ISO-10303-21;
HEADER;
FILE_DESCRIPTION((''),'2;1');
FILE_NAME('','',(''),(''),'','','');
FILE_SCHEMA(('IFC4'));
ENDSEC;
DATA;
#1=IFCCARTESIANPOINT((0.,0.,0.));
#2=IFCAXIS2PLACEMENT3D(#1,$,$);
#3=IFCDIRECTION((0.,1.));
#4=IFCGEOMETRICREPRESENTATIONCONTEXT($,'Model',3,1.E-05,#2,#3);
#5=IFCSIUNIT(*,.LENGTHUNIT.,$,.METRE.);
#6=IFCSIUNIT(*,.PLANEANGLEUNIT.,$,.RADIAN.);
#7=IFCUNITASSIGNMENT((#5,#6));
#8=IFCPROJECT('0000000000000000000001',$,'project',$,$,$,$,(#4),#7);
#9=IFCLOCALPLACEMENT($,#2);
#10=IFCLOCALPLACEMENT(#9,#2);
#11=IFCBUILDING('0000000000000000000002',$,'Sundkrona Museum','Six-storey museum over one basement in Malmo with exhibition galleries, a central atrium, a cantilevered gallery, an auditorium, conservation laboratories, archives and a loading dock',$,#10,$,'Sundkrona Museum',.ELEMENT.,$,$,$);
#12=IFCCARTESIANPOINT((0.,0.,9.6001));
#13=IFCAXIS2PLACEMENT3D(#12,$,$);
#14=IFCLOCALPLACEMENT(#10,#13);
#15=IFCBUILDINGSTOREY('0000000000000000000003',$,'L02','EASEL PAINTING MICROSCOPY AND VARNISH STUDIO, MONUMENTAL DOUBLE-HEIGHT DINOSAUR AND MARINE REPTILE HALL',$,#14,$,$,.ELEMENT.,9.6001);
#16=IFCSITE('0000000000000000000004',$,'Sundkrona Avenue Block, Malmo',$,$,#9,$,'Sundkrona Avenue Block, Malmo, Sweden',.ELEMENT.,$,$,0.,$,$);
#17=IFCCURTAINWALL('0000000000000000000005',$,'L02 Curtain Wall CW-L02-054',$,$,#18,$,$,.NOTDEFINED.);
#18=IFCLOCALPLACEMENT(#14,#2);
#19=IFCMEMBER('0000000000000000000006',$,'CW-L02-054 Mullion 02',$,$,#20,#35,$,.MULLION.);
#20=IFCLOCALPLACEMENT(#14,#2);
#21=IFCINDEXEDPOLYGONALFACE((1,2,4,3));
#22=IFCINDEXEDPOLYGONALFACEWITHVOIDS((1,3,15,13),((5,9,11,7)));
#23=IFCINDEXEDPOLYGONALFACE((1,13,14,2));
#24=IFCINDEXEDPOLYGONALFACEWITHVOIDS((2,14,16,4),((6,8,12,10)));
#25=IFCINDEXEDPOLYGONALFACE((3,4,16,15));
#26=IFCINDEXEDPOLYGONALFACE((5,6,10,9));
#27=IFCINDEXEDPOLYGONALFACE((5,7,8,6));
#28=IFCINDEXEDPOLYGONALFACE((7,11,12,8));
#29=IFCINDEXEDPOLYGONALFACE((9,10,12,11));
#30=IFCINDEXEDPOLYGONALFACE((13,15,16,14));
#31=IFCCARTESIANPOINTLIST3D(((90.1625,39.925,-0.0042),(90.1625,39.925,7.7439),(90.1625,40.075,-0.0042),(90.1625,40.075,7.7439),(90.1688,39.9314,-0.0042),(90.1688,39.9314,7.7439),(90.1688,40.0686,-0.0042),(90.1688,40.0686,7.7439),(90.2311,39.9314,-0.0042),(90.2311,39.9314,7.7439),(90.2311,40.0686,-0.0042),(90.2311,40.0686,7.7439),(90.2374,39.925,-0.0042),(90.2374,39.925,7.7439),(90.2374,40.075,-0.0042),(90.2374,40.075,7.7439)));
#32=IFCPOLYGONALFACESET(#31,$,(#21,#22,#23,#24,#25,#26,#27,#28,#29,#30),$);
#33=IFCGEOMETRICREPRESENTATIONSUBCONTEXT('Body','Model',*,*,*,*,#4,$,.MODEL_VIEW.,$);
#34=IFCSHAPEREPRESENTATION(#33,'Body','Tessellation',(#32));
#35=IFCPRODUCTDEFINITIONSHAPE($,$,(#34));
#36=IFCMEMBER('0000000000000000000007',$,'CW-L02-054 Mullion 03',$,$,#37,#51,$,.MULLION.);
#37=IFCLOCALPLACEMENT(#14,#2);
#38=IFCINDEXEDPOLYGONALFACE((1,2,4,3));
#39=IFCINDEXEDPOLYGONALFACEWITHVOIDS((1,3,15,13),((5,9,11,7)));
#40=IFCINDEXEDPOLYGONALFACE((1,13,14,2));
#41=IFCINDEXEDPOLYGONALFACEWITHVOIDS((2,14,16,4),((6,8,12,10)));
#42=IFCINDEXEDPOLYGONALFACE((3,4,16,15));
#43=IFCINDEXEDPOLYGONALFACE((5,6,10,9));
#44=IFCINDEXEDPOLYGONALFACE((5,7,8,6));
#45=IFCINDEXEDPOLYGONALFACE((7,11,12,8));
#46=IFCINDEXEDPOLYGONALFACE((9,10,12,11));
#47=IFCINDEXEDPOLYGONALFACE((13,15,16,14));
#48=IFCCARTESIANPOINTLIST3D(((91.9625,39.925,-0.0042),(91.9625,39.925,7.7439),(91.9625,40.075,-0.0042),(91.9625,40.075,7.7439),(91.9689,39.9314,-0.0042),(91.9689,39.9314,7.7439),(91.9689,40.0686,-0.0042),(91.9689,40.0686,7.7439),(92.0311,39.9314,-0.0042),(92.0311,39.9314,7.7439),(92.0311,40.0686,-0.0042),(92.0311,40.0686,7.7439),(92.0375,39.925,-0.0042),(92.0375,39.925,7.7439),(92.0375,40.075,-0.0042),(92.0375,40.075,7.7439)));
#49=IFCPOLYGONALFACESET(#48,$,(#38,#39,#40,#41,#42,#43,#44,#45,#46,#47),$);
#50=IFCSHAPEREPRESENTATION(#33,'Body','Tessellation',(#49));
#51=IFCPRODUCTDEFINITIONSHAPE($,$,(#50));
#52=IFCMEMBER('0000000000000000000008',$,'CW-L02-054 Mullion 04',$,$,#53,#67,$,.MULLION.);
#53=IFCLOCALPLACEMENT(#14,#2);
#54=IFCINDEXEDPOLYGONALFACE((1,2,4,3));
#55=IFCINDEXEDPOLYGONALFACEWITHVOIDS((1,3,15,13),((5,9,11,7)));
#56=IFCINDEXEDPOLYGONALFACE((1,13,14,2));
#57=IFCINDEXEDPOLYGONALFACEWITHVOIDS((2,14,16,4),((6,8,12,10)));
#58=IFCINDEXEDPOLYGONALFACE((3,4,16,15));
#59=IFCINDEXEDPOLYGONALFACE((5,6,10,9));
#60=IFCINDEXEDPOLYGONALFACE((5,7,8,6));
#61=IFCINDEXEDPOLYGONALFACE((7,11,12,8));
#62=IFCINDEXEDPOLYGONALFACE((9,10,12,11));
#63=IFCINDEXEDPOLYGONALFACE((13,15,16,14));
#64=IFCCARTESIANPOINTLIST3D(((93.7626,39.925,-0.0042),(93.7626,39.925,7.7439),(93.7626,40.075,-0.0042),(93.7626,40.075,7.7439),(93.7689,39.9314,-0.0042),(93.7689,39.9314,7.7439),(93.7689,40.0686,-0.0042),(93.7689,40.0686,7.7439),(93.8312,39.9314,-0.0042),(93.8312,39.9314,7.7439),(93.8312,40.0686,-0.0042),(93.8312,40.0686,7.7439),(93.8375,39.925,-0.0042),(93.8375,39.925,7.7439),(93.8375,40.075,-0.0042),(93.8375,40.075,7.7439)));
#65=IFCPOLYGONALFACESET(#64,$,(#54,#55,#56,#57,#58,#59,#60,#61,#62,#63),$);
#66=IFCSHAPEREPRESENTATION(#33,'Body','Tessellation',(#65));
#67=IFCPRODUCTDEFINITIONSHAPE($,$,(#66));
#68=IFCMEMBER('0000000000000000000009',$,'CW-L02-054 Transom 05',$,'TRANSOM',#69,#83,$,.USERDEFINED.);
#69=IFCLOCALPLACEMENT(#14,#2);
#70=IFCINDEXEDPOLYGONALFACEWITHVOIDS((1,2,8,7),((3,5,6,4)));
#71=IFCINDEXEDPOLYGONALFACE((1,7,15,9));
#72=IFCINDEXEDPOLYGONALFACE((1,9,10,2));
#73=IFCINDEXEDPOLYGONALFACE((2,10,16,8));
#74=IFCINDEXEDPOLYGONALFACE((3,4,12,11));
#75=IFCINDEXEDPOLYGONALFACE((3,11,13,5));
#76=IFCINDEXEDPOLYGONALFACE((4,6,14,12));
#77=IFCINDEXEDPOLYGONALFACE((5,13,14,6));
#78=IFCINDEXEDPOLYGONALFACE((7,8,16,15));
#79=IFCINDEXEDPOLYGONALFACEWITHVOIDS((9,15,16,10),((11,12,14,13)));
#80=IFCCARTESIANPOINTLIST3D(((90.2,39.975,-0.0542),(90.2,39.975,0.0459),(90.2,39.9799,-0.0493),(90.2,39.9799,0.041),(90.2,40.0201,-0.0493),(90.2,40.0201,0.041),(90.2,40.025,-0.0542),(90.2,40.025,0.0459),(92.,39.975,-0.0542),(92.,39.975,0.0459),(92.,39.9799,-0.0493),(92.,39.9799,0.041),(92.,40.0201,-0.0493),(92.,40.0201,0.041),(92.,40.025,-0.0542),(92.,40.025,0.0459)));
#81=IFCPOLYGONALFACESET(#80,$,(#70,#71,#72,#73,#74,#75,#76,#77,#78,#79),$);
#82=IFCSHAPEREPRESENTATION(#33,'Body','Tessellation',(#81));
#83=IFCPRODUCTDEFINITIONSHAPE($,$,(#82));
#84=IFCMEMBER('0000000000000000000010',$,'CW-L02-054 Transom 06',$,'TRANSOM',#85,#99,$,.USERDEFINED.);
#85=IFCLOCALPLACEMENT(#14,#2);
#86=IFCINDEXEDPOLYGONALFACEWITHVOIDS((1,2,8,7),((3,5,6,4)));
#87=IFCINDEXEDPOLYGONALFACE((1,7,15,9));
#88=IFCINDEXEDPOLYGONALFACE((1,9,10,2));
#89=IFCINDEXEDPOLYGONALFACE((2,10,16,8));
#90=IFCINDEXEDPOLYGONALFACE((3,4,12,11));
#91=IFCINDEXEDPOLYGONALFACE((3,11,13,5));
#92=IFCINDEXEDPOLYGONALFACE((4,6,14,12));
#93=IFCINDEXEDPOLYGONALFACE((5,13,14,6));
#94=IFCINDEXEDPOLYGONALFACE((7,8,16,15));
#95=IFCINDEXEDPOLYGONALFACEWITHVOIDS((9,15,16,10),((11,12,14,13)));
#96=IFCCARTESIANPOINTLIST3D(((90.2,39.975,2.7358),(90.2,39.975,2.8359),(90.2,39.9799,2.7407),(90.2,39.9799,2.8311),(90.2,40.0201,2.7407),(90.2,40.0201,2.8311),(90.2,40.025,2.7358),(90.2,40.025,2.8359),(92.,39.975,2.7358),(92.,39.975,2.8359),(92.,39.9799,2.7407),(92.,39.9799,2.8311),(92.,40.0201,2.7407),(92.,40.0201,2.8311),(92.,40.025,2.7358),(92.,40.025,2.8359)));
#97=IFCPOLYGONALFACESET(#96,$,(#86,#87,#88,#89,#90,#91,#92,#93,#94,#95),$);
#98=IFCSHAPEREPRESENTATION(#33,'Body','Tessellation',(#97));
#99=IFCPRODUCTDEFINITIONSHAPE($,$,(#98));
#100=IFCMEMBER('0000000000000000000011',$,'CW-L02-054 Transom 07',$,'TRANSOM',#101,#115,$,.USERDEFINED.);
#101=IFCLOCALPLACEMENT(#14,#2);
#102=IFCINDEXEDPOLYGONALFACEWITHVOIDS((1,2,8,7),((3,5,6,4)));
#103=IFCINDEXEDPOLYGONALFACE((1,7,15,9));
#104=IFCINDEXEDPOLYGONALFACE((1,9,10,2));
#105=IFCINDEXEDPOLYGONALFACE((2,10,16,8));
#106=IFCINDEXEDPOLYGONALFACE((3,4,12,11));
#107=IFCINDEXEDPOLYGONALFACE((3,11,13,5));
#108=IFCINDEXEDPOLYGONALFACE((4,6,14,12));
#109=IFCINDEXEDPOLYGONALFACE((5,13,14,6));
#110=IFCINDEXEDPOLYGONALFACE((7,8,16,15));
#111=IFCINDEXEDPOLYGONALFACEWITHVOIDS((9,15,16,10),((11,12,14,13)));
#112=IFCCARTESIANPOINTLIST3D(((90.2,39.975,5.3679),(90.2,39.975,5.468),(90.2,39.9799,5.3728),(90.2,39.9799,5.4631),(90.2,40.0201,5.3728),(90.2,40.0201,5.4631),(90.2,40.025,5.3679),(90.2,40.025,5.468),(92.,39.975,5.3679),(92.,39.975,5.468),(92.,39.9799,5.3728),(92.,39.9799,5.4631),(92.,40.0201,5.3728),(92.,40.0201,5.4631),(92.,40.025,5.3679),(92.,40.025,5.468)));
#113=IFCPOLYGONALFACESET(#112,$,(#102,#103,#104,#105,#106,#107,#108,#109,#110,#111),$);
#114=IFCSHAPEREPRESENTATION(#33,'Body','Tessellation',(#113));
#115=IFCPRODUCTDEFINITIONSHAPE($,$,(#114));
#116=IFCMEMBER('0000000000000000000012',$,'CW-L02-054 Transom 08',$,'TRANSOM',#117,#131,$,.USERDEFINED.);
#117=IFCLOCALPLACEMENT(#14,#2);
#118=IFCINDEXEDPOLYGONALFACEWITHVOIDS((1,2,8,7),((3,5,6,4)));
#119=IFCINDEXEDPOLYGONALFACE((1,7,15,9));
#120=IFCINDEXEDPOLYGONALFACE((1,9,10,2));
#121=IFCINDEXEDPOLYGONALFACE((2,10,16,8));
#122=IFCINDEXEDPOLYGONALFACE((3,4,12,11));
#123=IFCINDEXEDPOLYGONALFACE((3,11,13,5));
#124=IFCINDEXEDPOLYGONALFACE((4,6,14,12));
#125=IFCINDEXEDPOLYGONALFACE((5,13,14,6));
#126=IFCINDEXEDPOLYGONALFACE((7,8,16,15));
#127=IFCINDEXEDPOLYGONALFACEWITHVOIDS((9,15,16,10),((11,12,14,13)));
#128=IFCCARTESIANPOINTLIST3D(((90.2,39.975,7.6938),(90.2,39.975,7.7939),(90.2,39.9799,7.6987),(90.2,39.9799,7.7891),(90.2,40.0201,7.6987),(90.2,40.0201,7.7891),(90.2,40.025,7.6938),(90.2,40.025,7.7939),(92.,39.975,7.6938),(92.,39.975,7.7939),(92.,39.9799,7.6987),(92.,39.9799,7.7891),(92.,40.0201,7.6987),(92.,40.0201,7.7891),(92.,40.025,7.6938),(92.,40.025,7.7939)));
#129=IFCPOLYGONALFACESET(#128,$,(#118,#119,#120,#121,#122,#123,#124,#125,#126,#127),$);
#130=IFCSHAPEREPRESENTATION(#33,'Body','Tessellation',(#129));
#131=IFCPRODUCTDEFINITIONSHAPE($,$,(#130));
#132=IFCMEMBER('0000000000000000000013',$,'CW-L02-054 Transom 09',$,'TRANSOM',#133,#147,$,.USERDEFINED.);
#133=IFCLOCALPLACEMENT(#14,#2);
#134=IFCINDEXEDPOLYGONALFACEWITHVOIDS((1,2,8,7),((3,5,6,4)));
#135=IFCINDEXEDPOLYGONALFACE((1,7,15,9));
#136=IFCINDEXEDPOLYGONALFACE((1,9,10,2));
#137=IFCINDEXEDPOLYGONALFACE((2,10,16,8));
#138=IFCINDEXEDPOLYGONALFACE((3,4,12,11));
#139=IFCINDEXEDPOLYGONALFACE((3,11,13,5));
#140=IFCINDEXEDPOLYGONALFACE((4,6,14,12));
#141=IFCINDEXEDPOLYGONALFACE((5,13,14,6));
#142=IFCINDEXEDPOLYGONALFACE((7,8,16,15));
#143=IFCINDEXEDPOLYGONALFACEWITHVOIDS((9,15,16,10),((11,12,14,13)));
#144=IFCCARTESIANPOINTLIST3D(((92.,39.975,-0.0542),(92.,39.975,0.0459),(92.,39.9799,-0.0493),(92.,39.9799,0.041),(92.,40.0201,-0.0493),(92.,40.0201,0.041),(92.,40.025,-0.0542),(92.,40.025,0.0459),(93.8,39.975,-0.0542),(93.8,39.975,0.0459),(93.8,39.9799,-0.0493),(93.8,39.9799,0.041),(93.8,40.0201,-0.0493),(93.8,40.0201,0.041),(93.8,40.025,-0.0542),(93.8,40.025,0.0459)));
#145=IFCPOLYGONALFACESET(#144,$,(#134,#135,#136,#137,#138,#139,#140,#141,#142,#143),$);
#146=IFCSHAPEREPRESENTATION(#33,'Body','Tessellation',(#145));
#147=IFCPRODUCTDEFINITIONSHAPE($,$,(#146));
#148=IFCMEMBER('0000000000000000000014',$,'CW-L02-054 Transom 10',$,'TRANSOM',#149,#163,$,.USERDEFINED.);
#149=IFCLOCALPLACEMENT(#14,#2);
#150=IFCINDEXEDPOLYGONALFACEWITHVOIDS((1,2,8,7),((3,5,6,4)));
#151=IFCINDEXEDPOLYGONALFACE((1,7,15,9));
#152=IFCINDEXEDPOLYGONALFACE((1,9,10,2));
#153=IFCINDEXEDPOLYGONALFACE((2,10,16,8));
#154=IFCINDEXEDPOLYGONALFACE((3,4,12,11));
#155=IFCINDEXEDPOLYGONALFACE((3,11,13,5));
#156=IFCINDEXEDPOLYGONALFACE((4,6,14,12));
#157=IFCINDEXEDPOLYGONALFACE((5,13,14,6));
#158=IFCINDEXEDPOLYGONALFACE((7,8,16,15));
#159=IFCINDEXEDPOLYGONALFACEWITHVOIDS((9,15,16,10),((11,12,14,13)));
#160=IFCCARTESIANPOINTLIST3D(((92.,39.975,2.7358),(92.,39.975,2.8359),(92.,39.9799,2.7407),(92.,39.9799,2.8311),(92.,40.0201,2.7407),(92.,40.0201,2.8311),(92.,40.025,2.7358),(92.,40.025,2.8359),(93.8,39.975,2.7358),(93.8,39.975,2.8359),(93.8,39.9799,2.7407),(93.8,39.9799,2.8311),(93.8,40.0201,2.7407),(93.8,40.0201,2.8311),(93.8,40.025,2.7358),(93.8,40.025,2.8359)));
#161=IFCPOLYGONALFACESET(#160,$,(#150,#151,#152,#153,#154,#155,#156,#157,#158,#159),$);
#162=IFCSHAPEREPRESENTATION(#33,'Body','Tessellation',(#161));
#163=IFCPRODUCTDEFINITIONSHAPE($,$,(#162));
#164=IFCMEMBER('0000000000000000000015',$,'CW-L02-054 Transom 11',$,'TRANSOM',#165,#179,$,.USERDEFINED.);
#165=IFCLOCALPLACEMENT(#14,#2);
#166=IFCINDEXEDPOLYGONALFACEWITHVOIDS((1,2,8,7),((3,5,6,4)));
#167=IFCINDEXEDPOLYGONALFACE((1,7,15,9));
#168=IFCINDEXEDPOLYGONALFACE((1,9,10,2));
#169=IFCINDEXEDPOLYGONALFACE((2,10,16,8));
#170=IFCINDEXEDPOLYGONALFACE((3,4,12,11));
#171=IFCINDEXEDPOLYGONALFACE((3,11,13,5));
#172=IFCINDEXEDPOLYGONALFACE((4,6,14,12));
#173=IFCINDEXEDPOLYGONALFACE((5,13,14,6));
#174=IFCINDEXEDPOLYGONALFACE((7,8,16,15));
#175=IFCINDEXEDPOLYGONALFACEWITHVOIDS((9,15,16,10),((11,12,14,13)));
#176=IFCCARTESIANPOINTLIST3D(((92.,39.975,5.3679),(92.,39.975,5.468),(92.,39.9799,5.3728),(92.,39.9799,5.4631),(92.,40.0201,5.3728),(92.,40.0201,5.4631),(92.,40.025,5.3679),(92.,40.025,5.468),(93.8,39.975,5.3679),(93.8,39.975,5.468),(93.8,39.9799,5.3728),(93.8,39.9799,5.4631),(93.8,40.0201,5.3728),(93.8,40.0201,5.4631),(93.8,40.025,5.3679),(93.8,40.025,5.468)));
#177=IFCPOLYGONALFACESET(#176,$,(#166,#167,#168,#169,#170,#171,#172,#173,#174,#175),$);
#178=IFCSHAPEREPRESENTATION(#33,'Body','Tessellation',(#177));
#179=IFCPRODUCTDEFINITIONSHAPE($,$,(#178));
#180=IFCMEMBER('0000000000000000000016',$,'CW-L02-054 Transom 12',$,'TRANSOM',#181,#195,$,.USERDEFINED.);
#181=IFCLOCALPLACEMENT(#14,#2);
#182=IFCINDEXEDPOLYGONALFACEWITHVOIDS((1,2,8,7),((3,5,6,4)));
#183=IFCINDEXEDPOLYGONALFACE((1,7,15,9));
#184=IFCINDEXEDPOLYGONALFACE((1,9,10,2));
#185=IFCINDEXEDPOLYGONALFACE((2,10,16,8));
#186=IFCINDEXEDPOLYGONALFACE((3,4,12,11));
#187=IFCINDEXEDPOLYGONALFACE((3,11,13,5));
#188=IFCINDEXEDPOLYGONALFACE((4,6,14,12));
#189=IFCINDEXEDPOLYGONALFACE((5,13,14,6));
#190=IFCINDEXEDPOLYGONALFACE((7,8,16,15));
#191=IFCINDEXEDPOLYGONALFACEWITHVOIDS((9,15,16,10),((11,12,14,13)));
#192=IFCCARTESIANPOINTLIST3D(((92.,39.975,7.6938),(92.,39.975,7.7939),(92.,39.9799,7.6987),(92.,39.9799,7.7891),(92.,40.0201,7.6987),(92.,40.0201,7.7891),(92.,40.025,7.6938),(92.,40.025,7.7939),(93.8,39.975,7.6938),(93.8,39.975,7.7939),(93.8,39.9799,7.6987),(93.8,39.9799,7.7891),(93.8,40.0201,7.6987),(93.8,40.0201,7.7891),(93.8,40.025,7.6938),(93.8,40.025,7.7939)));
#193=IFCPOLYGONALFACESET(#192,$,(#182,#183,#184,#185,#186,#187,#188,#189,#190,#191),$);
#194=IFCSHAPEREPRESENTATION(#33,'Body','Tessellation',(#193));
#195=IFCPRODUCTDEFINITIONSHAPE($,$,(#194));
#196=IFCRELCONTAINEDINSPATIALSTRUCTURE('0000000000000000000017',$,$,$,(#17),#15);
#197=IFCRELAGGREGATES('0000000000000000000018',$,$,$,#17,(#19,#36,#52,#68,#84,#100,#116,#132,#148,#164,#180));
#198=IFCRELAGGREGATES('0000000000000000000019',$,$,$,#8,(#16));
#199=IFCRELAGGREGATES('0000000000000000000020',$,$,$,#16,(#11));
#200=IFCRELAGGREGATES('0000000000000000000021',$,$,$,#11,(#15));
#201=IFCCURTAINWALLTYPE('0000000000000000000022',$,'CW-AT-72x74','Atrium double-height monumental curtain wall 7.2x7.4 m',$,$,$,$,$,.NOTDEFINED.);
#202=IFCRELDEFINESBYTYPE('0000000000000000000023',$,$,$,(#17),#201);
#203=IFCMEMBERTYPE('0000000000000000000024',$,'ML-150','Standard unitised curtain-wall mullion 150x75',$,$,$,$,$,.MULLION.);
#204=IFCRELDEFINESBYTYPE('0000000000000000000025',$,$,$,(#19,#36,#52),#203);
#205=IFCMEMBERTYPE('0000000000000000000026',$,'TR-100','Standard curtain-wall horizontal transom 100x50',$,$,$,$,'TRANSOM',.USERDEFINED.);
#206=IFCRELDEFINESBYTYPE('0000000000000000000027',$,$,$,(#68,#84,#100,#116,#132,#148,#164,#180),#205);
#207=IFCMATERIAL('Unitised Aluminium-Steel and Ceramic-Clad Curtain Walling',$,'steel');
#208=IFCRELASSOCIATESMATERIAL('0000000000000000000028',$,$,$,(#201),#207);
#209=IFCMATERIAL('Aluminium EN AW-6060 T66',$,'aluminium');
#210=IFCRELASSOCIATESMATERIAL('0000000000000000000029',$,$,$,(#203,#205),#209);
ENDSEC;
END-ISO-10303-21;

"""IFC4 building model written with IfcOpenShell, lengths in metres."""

from ifc_helpers import new_model, si_unit, direction, frame, origin, origin_2d, place, context, subcontext, project, spatial, hollow_rectangle, extrude, material, material_profile, profile_set, type_object, element, aggregate, save


model = new_model("IFC4")

# Units and contexts
model_context = context("Model", 3, precision=1e-05, world=origin(), true_north=direction((0.0, 1.0)))
body_context = subcontext(model_context, "Body", "Model", "MODEL_VIEW")
ifc_project = project(units=[si_unit("LENGTHUNIT", "METRE"), si_unit("PLANEANGLEUNIT", "RADIAN")], contexts=[model_context])

# Site, building, storey
site_placement = place(None, origin())
site = spatial("IfcSite", under=ifc_project, at=site_placement, Name="Sundkrona Avenue Block, Malmo", LongName="Sundkrona Avenue Block, Malmo, Sweden", CompositionType="ELEMENT", RefElevation=0.0)
building_placement = place(site_placement, origin())
building = spatial("IfcBuilding", under=site, at=building_placement, Name="Sundkrona Museum", Description="Six-storey museum over one basement in Malmo with exhibition galleries, a central atrium, a cantilevered gallery, an auditorium, conservation laboratories, archives and a loading dock", LongName="Sundkrona Museum", CompositionType="ELEMENT")
storey_placement = place(building_placement, frame((0.0, 0.0, 9.6001)))
storey = spatial("IfcBuildingStorey", under=building, at=storey_placement, Name="L02", Description="EASEL PAINTING MICROSCOPY AND VARNISH STUDIO, MONUMENTAL DOUBLE-HEIGHT DINOSAUR AND MARINE REPTILE HALL", CompositionType="ELEMENT", Elevation=9.6001)

# Curtain wall, members
ifc_material_1 = material(Name="Unitised Aluminium-Steel and Ceramic-Clad Curtain Walling", Category="steel")
curtain_wall_type = type_object("IfcCurtainWallType", Name="CW-AT-72x74", Description="Atrium double-height monumental curtain wall 7.2x7.4 m", PredefinedType="NOTDEFINED", material=ifc_material_1)
curtain_wall_placement = place(storey_placement, origin())
curtain_wall = element("IfcCurtainWall", 1, at=curtain_wall_placement, inside=storey, type_object=curtain_wall_type, Name="L02 Curtain Wall CW-L02-054", PredefinedType="NOTDEFINED")
ifc_material_2 = material(Name="Aluminium EN AW-6060 T66", Category="aluminium")
ifc_material_profile_1 = material_profile(ifc_material_2, hollow_rectangle(XDim=0.075, YDim=0.1499, WallThickness=0.0063, at=origin_2d()), Name="RHS 150x75x6.3")
ifc_profile_set_1 = profile_set([ifc_material_profile_1], Name="Aluminium EN AW-6060 T66")
member_type_1 = type_object("IfcMemberType", Name="ML-150", Description="Standard unitised curtain-wall mullion 150x75", PredefinedType="MULLION", material=ifc_profile_set_1)
member_1_placement = place(storey_placement, frame((90.2, 40.0, -0.0042), z_axis=(0.0, 0.0, 1.0), x_axis=(1.0, 0.0, 0.0)))
member_1 = element("IfcMember", 2, at=member_1_placement, type_object=member_type_1, Name="CW-L02-054 Mullion 02", PredefinedType="MULLION", context=body_context, shape_type="SweptSolid", body=[
    extrude(hollow_rectangle(XDim=0.075, YDim=0.1499, WallThickness=0.0063, at=origin_2d()), origin(), (0.0, 0.0, 1.0), 7.748),
])
member_2_placement = place(storey_placement, frame((92.0, 40.0, -0.0042), z_axis=(0.0, 0.0, 1.0), x_axis=(1.0, 0.0, 0.0)))
member_2 = element("IfcMember", 3, at=member_2_placement, type_object=member_type_1, Name="CW-L02-054 Mullion 03", PredefinedType="MULLION", context=body_context, shape_type="SweptSolid", body=[
    extrude(hollow_rectangle(XDim=0.075, YDim=0.1499, WallThickness=0.0063, at=origin_2d()), origin(), (0.0, 0.0, 1.0), 7.748),
])
member_3_placement = place(storey_placement, frame((93.8, 40.0, -0.0042), z_axis=(0.0, 0.0, 1.0), x_axis=(1.0, 0.0, 0.0)))
member_3 = element("IfcMember", 4, at=member_3_placement, type_object=member_type_1, Name="CW-L02-054 Mullion 04", PredefinedType="MULLION", context=body_context, shape_type="SweptSolid", body=[
    extrude(hollow_rectangle(XDim=0.075, YDim=0.1499, WallThickness=0.0063, at=origin_2d()), origin(), (0.0, 0.0, 1.0), 7.748),
])
ifc_material_profile_2 = material_profile(ifc_material_2, hollow_rectangle(XDim=0.05, YDim=0.1001, WallThickness=0.0049, at=origin_2d()), Name="RHS 100x50x5.0")
ifc_profile_set_2 = profile_set([ifc_material_profile_2], Name="Aluminium EN AW-6060 T66")
member_type_2 = type_object("IfcMemberType", Name="TR-100", Description="Standard curtain-wall horizontal transom 100x50", ElementType="TRANSOM", PredefinedType="USERDEFINED", material=ifc_profile_set_2)
member_4_placement = place(storey_placement, frame((90.2, 40.0, -0.0042), z_axis=(1.0, 0.0, 0.0), x_axis=(0.0, 1.0, 0.0)))
member_4 = element("IfcMember", 5, at=member_4_placement, type_object=member_type_2, Name="CW-L02-054 Transom 05", ObjectType="TRANSOM", PredefinedType="USERDEFINED", context=body_context, shape_type="SweptSolid", body=[
    extrude(hollow_rectangle(XDim=0.05, YDim=0.1001, WallThickness=0.0049, at=origin_2d()), origin(), (0.0, 0.0, 1.0), 1.8),
])
member_5_placement = place(storey_placement, frame((90.2, 40.0, 2.7859), z_axis=(1.0, 0.0, 0.0), x_axis=(0.0, 1.0, 0.0)))
member_5 = element("IfcMember", 6, at=member_5_placement, type_object=member_type_2, Name="CW-L02-054 Transom 06", ObjectType="TRANSOM", PredefinedType="USERDEFINED", context=body_context, shape_type="SweptSolid", body=[
    extrude(hollow_rectangle(XDim=0.05, YDim=0.1001, WallThickness=0.0049, at=origin_2d()), origin(), (0.0, 0.0, 1.0), 1.8),
])
member_6_placement = place(storey_placement, frame((90.2, 40.0, 5.418), z_axis=(1.0, 0.0, 0.0), x_axis=(0.0, 1.0, 0.0)))
member_6 = element("IfcMember", 7, at=member_6_placement, type_object=member_type_2, Name="CW-L02-054 Transom 07", ObjectType="TRANSOM", PredefinedType="USERDEFINED", context=body_context, shape_type="SweptSolid", body=[
    extrude(hollow_rectangle(XDim=0.05, YDim=0.1001, WallThickness=0.0049, at=origin_2d()), origin(), (0.0, 0.0, 1.0), 1.8),
])
member_7_placement = place(storey_placement, frame((90.2, 40.0, 7.7439), z_axis=(1.0, 0.0, 0.0), x_axis=(0.0, 1.0, 0.0)))
member_7 = element("IfcMember", 8, at=member_7_placement, type_object=member_type_2, Name="CW-L02-054 Transom 08", ObjectType="TRANSOM", PredefinedType="USERDEFINED", context=body_context, shape_type="SweptSolid", body=[
    extrude(hollow_rectangle(XDim=0.05, YDim=0.1001, WallThickness=0.0049, at=origin_2d()), origin(), (0.0, 0.0, 1.0), 1.8),
])
member_8_placement = place(storey_placement, frame((92.0, 40.0, -0.0042), z_axis=(1.0, 0.0, 0.0), x_axis=(0.0, 1.0, 0.0)))
member_8 = element("IfcMember", 9, at=member_8_placement, type_object=member_type_2, Name="CW-L02-054 Transom 09", ObjectType="TRANSOM", PredefinedType="USERDEFINED", context=body_context, shape_type="SweptSolid", body=[
    extrude(hollow_rectangle(XDim=0.05, YDim=0.1001, WallThickness=0.0049, at=origin_2d()), origin(), (0.0, 0.0, 1.0), 1.8),
])
member_9_placement = place(storey_placement, frame((92.0, 40.0, 2.7859), z_axis=(1.0, 0.0, 0.0), x_axis=(0.0, 1.0, 0.0)))
member_9 = element("IfcMember", 10, at=member_9_placement, type_object=member_type_2, Name="CW-L02-054 Transom 10", ObjectType="TRANSOM", PredefinedType="USERDEFINED", context=body_context, shape_type="SweptSolid", body=[
    extrude(hollow_rectangle(XDim=0.05, YDim=0.1001, WallThickness=0.0049, at=origin_2d()), origin(), (0.0, 0.0, 1.0), 1.8),
])
member_10_placement = place(storey_placement, frame((92.0, 40.0, 5.418), z_axis=(1.0, 0.0, 0.0), x_axis=(0.0, 1.0, 0.0)))
member_10 = element("IfcMember", 11, at=member_10_placement, type_object=member_type_2, Name="CW-L02-054 Transom 11", ObjectType="TRANSOM", PredefinedType="USERDEFINED", context=body_context, shape_type="SweptSolid", body=[
    extrude(hollow_rectangle(XDim=0.05, YDim=0.1001, WallThickness=0.0049, at=origin_2d()), origin(), (0.0, 0.0, 1.0), 1.8),
])
member_11_placement = place(storey_placement, frame((92.0, 40.0, 7.7439), z_axis=(1.0, 0.0, 0.0), x_axis=(0.0, 1.0, 0.0)))
member_11 = element("IfcMember", 12, at=member_11_placement, type_object=member_type_2, Name="CW-L02-054 Transom 12", ObjectType="TRANSOM", PredefinedType="USERDEFINED", context=body_context, shape_type="SweptSolid", body=[
    extrude(hollow_rectangle(XDim=0.05, YDim=0.1001, WallThickness=0.0049, at=origin_2d()), origin(), (0.0, 0.0, 1.0), 1.8),
])
aggregate(curtain_wall, [member_1, member_2, member_3, member_4, member_5, member_6, member_7, member_8, member_9, member_10, member_11])

save(model, "model.ifc")
